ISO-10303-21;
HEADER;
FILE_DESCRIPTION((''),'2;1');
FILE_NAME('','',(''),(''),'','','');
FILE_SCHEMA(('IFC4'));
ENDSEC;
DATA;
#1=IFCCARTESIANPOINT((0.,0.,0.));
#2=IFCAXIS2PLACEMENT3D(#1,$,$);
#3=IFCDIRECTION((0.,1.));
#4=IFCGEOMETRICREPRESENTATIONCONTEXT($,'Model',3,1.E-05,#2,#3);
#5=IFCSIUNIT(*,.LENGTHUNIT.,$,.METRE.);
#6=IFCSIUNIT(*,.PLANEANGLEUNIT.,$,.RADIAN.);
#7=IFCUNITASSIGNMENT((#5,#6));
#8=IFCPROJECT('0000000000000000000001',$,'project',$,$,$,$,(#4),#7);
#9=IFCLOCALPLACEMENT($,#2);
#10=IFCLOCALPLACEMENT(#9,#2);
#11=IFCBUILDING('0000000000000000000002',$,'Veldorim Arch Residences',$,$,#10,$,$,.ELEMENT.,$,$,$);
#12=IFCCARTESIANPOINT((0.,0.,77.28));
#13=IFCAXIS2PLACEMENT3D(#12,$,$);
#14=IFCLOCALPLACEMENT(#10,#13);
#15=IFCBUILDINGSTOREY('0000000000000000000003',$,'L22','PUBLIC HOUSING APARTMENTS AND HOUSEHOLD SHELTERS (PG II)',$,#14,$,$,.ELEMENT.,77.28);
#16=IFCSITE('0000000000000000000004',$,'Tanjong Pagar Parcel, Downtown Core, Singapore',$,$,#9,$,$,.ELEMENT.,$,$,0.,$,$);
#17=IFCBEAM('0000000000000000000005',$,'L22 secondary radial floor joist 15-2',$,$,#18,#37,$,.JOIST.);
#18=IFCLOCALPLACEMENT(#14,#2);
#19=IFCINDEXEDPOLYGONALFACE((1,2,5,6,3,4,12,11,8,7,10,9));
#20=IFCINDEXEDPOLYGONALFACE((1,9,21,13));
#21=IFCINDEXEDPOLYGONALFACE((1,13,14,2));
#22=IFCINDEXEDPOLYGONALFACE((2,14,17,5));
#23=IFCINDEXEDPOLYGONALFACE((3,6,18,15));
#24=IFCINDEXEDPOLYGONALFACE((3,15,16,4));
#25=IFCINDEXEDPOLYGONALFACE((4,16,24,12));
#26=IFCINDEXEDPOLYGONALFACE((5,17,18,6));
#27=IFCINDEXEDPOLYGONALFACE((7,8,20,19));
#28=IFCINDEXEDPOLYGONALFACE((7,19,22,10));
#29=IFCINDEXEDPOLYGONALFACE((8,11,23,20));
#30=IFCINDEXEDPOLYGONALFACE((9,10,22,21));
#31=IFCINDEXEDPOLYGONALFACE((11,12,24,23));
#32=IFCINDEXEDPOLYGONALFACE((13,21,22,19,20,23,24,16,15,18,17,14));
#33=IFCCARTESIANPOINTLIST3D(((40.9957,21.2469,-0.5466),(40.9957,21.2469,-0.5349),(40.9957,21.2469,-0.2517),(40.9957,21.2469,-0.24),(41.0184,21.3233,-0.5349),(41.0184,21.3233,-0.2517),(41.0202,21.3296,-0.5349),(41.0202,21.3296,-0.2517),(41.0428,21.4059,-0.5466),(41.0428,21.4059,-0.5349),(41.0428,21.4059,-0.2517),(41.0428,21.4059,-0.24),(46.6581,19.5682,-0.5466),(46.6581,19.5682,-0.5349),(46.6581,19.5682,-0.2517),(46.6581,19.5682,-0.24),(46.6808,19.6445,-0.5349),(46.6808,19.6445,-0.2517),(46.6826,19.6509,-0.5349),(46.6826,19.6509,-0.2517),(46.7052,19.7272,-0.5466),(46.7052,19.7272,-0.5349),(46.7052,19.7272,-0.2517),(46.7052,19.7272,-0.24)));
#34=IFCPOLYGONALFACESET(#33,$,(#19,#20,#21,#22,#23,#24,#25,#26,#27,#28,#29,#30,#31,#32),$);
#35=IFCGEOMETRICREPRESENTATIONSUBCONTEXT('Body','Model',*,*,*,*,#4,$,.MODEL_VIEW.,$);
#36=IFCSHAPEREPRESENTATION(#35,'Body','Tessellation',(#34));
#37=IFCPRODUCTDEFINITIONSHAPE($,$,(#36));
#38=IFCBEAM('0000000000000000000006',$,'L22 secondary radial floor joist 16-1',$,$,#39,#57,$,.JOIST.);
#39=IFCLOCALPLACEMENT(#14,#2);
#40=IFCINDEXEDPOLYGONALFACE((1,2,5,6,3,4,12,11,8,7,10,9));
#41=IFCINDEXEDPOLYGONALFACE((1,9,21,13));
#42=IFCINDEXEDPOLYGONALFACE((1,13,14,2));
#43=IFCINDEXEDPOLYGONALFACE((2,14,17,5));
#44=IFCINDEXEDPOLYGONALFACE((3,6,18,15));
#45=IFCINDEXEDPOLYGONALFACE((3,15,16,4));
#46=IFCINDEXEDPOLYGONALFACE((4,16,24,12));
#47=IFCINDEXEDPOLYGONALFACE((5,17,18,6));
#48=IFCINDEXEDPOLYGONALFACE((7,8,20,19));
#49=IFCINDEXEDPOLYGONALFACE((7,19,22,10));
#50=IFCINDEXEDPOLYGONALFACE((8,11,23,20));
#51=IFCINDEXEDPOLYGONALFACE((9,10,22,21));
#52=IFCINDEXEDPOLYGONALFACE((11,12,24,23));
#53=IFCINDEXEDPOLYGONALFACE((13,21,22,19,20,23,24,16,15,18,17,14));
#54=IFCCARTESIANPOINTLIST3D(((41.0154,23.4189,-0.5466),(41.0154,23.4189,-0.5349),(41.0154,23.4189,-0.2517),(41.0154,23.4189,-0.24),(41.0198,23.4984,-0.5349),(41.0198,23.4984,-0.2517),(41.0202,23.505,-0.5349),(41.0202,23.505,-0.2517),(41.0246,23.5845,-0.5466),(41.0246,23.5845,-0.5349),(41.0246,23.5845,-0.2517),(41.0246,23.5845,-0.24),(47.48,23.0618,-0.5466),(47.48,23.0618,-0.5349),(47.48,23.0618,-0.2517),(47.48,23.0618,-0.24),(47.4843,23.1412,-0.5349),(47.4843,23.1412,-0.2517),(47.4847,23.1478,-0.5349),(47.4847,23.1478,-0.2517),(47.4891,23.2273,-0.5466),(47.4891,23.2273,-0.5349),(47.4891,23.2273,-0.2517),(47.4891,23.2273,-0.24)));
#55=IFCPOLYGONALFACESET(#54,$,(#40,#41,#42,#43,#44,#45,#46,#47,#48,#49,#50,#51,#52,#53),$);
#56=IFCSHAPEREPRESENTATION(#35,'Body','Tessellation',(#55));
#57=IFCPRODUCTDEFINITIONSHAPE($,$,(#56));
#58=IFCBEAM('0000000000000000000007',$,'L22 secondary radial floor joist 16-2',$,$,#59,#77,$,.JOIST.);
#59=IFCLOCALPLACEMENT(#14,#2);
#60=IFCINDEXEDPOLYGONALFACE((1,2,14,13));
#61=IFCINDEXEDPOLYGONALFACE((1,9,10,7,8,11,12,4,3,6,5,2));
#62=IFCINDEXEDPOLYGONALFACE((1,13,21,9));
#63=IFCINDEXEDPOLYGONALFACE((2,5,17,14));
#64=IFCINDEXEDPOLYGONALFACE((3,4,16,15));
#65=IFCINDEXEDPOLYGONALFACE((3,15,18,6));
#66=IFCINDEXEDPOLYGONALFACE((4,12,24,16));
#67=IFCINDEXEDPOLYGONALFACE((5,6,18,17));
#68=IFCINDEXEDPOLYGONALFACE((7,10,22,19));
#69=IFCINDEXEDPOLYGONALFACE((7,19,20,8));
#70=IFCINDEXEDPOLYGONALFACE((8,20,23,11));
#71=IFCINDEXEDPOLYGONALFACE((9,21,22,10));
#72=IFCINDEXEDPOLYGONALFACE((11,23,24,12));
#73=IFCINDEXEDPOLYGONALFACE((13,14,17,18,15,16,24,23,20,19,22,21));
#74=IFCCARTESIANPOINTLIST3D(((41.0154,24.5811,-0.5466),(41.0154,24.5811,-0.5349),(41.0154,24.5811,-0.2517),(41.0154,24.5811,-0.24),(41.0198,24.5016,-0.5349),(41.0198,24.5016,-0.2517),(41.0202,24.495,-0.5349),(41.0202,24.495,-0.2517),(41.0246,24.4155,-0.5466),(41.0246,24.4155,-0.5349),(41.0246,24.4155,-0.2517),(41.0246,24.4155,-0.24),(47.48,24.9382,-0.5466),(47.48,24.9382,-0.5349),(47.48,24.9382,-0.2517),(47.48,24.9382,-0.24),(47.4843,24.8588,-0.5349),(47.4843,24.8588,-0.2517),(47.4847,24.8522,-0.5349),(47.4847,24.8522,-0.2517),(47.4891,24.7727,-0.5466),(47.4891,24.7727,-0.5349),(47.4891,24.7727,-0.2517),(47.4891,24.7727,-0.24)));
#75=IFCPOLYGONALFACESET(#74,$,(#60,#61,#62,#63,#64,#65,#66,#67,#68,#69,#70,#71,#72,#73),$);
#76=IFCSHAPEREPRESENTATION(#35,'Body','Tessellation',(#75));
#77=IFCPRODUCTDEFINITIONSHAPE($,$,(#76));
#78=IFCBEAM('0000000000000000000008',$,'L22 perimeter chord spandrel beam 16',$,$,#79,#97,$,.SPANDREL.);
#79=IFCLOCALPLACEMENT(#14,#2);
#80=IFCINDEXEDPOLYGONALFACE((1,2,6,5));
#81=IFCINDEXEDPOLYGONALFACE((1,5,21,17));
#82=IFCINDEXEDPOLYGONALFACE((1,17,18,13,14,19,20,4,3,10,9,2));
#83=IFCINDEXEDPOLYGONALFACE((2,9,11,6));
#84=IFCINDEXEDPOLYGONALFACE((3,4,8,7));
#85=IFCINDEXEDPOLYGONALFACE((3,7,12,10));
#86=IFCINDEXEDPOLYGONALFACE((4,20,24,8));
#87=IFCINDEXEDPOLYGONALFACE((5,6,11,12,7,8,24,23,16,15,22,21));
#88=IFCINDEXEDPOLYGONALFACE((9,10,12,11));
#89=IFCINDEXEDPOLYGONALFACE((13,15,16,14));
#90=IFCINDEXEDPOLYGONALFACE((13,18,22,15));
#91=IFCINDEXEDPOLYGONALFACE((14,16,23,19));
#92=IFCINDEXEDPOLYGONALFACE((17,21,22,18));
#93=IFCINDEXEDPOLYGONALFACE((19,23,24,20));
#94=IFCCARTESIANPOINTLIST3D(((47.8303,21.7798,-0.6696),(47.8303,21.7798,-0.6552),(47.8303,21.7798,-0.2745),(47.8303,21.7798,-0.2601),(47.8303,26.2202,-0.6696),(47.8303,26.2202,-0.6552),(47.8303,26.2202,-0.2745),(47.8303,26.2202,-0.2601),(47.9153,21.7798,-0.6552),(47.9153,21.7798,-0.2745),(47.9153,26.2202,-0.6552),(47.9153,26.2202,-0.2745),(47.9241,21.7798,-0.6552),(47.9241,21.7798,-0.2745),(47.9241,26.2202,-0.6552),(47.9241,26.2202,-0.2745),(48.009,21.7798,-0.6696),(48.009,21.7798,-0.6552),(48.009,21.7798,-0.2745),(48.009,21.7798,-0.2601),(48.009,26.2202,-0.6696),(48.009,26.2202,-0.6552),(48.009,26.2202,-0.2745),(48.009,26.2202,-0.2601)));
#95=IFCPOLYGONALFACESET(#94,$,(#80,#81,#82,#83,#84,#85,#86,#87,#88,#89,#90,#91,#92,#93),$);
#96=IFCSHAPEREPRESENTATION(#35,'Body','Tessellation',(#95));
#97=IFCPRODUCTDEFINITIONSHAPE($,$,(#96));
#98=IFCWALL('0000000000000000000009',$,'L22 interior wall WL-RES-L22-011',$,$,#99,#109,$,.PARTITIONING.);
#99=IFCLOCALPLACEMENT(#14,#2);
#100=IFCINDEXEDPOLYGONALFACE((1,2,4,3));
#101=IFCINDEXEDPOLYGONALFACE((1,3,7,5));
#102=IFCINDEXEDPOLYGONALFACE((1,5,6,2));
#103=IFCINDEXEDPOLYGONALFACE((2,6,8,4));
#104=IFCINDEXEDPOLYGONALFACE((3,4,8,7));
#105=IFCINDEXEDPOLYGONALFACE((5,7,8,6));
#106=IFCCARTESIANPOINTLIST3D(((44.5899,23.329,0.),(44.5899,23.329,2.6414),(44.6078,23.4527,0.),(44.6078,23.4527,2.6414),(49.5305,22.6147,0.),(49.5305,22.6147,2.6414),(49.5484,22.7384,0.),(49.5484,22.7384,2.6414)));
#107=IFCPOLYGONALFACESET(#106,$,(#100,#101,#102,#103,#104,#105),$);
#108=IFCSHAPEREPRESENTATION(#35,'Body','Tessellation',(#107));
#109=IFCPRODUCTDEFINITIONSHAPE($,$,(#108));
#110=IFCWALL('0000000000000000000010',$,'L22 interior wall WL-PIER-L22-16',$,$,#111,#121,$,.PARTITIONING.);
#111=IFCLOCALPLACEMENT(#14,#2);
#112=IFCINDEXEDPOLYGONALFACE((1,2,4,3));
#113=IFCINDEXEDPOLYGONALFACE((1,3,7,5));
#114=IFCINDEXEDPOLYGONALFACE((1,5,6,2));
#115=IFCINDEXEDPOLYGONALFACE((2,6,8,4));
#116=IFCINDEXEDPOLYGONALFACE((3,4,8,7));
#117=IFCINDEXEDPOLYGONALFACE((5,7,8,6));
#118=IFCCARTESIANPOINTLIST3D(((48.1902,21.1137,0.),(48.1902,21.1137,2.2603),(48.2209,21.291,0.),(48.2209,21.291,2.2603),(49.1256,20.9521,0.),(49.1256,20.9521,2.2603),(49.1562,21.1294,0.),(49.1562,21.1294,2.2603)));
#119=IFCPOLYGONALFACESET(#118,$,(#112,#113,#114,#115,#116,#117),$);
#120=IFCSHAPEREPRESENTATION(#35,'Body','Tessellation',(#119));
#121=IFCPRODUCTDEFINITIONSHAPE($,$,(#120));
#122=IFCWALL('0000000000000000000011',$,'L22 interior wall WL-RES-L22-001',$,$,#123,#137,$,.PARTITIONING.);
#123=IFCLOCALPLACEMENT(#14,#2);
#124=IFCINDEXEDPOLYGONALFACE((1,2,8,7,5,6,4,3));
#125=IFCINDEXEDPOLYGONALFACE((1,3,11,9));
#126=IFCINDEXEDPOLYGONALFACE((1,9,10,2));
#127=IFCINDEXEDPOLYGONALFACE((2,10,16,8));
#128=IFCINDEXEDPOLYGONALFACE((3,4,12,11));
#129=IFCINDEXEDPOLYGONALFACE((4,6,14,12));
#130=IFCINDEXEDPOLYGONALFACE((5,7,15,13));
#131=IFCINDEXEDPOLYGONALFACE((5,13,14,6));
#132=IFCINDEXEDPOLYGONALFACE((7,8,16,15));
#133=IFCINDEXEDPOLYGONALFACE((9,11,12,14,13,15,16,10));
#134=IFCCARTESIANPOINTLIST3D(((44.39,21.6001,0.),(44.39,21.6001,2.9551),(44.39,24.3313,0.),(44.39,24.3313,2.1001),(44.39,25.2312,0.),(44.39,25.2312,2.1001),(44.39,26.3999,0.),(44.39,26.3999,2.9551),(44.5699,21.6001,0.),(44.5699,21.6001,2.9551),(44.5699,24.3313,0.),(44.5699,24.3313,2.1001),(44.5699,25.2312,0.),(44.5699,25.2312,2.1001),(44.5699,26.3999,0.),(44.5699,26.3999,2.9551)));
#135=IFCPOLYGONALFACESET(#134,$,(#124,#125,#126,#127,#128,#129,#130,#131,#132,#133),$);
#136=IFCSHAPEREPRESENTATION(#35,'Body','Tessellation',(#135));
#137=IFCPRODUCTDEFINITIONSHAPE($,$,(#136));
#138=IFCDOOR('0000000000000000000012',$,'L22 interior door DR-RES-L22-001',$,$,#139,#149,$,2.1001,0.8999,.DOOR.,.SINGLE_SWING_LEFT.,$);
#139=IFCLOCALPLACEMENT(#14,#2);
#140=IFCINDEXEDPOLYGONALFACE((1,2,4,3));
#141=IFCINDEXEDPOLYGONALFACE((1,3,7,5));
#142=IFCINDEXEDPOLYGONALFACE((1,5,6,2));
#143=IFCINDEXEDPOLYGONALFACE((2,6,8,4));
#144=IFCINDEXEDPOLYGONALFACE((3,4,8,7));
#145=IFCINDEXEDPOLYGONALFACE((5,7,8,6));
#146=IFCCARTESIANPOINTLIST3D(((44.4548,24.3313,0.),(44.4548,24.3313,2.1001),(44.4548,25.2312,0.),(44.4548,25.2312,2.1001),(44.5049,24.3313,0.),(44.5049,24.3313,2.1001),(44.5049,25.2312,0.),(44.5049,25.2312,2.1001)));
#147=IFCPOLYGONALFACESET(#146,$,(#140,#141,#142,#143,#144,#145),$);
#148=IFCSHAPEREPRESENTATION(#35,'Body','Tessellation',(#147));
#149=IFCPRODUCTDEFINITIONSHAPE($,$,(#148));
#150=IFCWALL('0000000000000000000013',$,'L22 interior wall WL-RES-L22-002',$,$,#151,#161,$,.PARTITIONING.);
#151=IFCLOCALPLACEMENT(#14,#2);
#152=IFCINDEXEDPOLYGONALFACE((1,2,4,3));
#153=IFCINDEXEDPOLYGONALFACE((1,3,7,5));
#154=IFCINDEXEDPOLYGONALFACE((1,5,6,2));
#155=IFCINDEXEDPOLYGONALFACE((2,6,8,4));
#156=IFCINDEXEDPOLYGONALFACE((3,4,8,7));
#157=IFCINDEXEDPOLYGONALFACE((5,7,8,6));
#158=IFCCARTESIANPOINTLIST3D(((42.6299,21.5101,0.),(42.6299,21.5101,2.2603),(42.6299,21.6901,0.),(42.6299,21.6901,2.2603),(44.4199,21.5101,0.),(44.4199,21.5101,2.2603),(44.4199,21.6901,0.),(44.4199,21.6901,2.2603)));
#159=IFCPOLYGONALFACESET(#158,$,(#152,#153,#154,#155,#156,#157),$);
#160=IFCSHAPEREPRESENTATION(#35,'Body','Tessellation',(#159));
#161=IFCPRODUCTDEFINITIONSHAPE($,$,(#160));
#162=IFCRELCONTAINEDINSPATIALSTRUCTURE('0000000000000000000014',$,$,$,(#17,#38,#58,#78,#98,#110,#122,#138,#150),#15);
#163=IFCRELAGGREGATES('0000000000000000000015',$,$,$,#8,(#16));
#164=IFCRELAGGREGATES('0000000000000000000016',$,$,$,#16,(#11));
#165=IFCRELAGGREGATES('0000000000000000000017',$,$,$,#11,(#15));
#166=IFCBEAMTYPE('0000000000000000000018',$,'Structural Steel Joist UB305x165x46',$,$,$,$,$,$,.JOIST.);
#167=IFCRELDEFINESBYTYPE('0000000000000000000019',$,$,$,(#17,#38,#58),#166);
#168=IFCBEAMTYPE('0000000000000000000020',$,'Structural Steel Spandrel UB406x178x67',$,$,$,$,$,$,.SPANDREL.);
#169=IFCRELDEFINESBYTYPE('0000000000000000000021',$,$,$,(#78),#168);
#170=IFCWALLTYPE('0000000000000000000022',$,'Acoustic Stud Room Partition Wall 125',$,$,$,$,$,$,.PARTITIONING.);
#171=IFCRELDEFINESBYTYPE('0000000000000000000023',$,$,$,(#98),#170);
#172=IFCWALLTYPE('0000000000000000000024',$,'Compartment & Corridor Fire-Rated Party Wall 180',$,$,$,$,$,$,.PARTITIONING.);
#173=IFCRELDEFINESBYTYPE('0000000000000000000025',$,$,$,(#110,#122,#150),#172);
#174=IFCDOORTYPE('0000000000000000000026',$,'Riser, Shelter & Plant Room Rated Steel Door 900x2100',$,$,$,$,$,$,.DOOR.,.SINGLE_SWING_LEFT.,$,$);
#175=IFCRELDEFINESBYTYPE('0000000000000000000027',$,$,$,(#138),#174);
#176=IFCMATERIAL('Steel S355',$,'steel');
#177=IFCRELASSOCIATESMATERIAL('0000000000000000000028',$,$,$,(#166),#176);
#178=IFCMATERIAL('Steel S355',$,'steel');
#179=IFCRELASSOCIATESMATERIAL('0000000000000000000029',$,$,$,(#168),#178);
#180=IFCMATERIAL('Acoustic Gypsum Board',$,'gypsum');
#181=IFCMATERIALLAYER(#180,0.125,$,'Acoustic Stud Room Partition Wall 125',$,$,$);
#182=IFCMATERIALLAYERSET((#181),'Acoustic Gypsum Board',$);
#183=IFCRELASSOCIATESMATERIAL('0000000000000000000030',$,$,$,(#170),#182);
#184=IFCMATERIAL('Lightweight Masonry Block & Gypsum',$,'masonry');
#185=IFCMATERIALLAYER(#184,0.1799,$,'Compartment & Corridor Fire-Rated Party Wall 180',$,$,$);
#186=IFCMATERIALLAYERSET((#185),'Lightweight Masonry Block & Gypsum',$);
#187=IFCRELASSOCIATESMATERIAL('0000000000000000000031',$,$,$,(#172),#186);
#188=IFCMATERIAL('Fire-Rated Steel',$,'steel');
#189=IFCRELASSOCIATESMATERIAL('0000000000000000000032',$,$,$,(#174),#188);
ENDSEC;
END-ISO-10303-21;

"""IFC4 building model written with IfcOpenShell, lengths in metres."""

from ifc_helpers import new_model, si_unit, direction, frame, frame_2d, origin, origin_2d, place, context, subcontext, project, spatial, rectangle, i_section, extrude, material, layer, layer_set, material_profile, profile_set, type_object, element, fill, save


model = new_model("IFC4")

# Units and contexts
model_context = context("Model", 3, precision=1e-05, world=origin(), true_north=direction((0.0, 1.0)))
body_context = subcontext(model_context, "Body", "Model", "MODEL_VIEW")
ifc_project = project(units=[si_unit("LENGTHUNIT", "METRE"), si_unit("PLANEANGLEUNIT", "RADIAN")], contexts=[model_context])

# Site, building, storey
site_placement = place(None, origin())
site = spatial("IfcSite", under=ifc_project, at=site_placement, Name="Tanjong Pagar Parcel, Downtown Core, Singapore", CompositionType="ELEMENT", RefElevation=0.0)
building_placement = place(site_placement, origin())
building = spatial("IfcBuilding", under=site, at=building_placement, Name="Veldorim Arch Residences", CompositionType="ELEMENT")
storey_placement = place(building_placement, frame((0.0, 0.0, 77.28)))
storey = spatial("IfcBuildingStorey", under=building, at=storey_placement, Name="L22", Description="PUBLIC HOUSING APARTMENTS AND HOUSEHOLD SHELTERS (PG II)", CompositionType="ELEMENT", Elevation=77.28)

# Beams
ifc_material_1 = material(Name="Steel S355", Category="steel")
ifc_material_profile_1 = material_profile(ifc_material_1, i_section(OverallWidth=0.1658, OverallDepth=0.3066, WebThickness=0.0066, FlangeThickness=0.0117, at=origin_2d()), Name="UB305x165x46")
ifc_profile_set_1 = profile_set([ifc_material_profile_1], Name="Steel S355")
beam_type_1 = type_object("IfcBeamType", Name="Structural Steel Joist UB305x165x46", PredefinedType="JOIST", material=ifc_profile_set_1)
beam_1_placement = place(storey_placement, frame((41.0193, 21.3264, -0.3933), z_axis=(0.958753, -0.28424, 0.0), x_axis=(0.28424, 0.958753, 0.0)))
element("IfcBeam", 1, at=beam_1_placement, inside=storey, type_object=beam_type_1, Name="L22 secondary radial floor joist 15-2", PredefinedType="JOIST", context=body_context, shape_type="SweptSolid", body=[
    extrude(i_section(OverallWidth=0.1658, OverallDepth=0.3066, WebThickness=0.0066, FlangeThickness=0.0117, at=origin_2d()), origin(), (0.0, 0.0, 1.0), 5.906),
])
for number, where, z_axis, x_axis, name in (
    (2, (41.02, 23.5017, -0.3933), (0.998477, -0.055167, 0.0), (0.055167, 0.998477, 0.0), "L22 secondary radial floor joist 16-1"),
    (3, (41.02, 24.4983, -0.3933), (0.998477, 0.055167, 0.0), (-0.055167, 0.998477, 0.0), "L22 secondary radial floor joist 16-2"),
):
    element("IfcBeam", number, at=place(storey_placement, frame(where, z_axis=z_axis, x_axis=x_axis)), inside=storey, type_object=beam_type_1, Name=name, PredefinedType="JOIST", context=body_context, shape_type="SweptSolid", body=[
        extrude(i_section(OverallWidth=0.1658, OverallDepth=0.3066, WebThickness=0.0066, FlangeThickness=0.0117, at=origin_2d()), origin(), (0.0, 0.0, 1.0), 6.4744),
    ])
ifc_material_2 = material(Name="Steel S355", Category="steel")
ifc_material_profile_2 = material_profile(ifc_material_2, i_section(OverallWidth=0.1787, OverallDepth=0.4094, WebThickness=0.0088, FlangeThickness=0.0144, at=origin_2d()), Name="UB406x178x67")
ifc_profile_set_2 = profile_set([ifc_material_profile_2], Name="Steel S355")
beam_type_2 = type_object("IfcBeamType", Name="Structural Steel Spandrel UB406x178x67", PredefinedType="SPANDREL", material=ifc_profile_set_2)
beam_2_placement = place(storey_placement, frame((47.9197, 21.7798, -0.4648), z_axis=(0.0, 1.0, 0.0), x_axis=(-1.0, 0.0, 0.0)))
element("IfcBeam", 4, at=beam_2_placement, inside=storey, type_object=beam_type_2, Name="L22 perimeter chord spandrel beam 16", PredefinedType="SPANDREL", context=body_context, shape_type="SweptSolid", body=[
    extrude(i_section(OverallWidth=0.1787, OverallDepth=0.4094, WebThickness=0.0088, FlangeThickness=0.0144, at=origin_2d()), origin(), (0.0, 0.0, 1.0), 4.4404),
])

# Walls
ifc_material_3 = material(Name="Acoustic Gypsum Board", Category="gypsum")
ifc_layer_1 = layer(ifc_material_3, 0.125, Name="Acoustic Stud Room Partition Wall 125")
ifc_layer_set_1 = layer_set([ifc_layer_1], Name="Acoustic Gypsum Board")
wall_type_1 = type_object("IfcWallType", Name="Acoustic Stud Room Partition Wall 125", PredefinedType="PARTITIONING", material=ifc_layer_set_1)
wall_1_placement = place(storey_placement, frame((49.5396, 22.6765, 0.0), z_axis=(0.0, 0.0, 1.0), x_axis=(-0.989708, 0.143099, 0.0)))
element("IfcWall", 5, at=wall_1_placement, inside=storey, type_object=wall_type_1, Name="L22 interior wall WL-RES-L22-011", PredefinedType="PARTITIONING", context=body_context, shape_type="SweptSolid", body=[
    extrude(rectangle(XDim=4.9919, YDim=0.125, at=frame_2d((2.4961, 0.0))), origin(), (0.0, 0.0, 1.0), 2.6414),
])
ifc_material_4 = material(Name="Lightweight Masonry Block & Gypsum", Category="masonry")
ifc_layer_2 = layer(ifc_material_4, 0.1799, Name="Compartment & Corridor Fire-Rated Party Wall 180")
ifc_layer_set_2 = layer_set([ifc_layer_2], Name="Lightweight Masonry Block & Gypsum")
wall_type_2 = type_object("IfcWallType", Name="Compartment & Corridor Fire-Rated Party Wall 180", PredefinedType="PARTITIONING", material=ifc_layer_set_2)
wall_2_placement = place(storey_placement, frame((48.2056, 21.2024, 0.0), z_axis=(0.0, 0.0, 1.0), x_axis=(0.985396, -0.170277, 0.0)))
element("IfcWall", 6, at=wall_2_placement, inside=storey, type_object=wall_type_2, Name="L22 interior wall WL-PIER-L22-16", PredefinedType="PARTITIONING", context=body_context, shape_type="SweptSolid", body=[
    extrude(rectangle(XDim=0.9492, YDim=0.1799, at=frame_2d((0.4746, 0.0))), origin(), (0.0, 0.0, 1.0), 2.2603),
])

# Wall, opening, door
wall_3_placement = place(storey_placement, frame((44.48, 26.3999, 0.0), z_axis=(0.0, 0.0, 1.0), x_axis=(0.0, -1.0, 0.0)))
wall_3 = element("IfcWall", 7, at=wall_3_placement, inside=storey, type_object=wall_type_2, Name="L22 interior wall WL-RES-L22-001", PredefinedType="PARTITIONING", context=body_context, shape_type="SweptSolid", body=[
    extrude(rectangle(XDim=4.7998, YDim=0.1799, at=frame_2d((2.3999, 0.0))), origin(), (0.0, 0.0, 1.0), 2.9551),
])
opening_1_placement = place(wall_3_placement, frame((1.1687, 0.0, 0.0)))
opening_1 = element("IfcOpeningElement", 8, at=opening_1_placement, cuts=wall_3, PredefinedType="OPENING", context=body_context, shape_type="SweptSolid", body=[
    extrude(rectangle(XDim=0.8999, YDim=2.1001, at=frame_2d((0.45, 1.05))), frame((0.0, 0.0999, 0.0), z_axis=(0.0, -1.0, 0.0), x_axis=(1.0, 0.0, 0.0)), (0.0, 0.0, 1.0), 0.2),
])
ifc_material_5 = material(Name="Fire-Rated Steel", Category="steel")
door_type_1 = type_object("IfcDoorType", Name="Riser, Shelter & Plant Room Rated Steel Door 900x2100", OperationType="SINGLE_SWING_LEFT", PredefinedType="DOOR", material=ifc_material_5)
door_1_placement = place(opening_1_placement, origin())
door_1 = element("IfcDoor", 9, at=door_1_placement, inside=storey, type_object=door_type_1, Name="L22 interior door DR-RES-L22-001", OperationType="SINGLE_SWING_LEFT", OverallHeight=2.1001, OverallWidth=0.8999, PredefinedType="DOOR", context=body_context, shape_type="SweptSolid", body=[
    extrude(rectangle(XDim=0.8999, YDim=2.1001, at=frame_2d((0.45, 1.05))), frame((0.0, 0.0249, 0.0), z_axis=(0.0, -1.0, 0.0), x_axis=(1.0, 0.0, 0.0)), (0.0, 0.0, 1.0), 0.05),
])
fill(opening_1, door_1)

# Wall
wall_4_placement = place(storey_placement, frame((44.4199, 21.6001, 0.0), z_axis=(0.0, 0.0, 1.0), x_axis=(-1.0, 0.0, 0.0)))
element("IfcWall", 10, at=wall_4_placement, inside=storey, type_object=wall_type_2, Name="L22 interior wall WL-RES-L22-002", PredefinedType="PARTITIONING", context=body_context, shape_type="SweptSolid", body=[
    extrude(rectangle(XDim=1.79, YDim=0.1799, at=frame_2d((0.895, 0.0))), origin(), (0.0, 0.0, 1.0), 2.2603),
])

save(model, "model.ifc")
